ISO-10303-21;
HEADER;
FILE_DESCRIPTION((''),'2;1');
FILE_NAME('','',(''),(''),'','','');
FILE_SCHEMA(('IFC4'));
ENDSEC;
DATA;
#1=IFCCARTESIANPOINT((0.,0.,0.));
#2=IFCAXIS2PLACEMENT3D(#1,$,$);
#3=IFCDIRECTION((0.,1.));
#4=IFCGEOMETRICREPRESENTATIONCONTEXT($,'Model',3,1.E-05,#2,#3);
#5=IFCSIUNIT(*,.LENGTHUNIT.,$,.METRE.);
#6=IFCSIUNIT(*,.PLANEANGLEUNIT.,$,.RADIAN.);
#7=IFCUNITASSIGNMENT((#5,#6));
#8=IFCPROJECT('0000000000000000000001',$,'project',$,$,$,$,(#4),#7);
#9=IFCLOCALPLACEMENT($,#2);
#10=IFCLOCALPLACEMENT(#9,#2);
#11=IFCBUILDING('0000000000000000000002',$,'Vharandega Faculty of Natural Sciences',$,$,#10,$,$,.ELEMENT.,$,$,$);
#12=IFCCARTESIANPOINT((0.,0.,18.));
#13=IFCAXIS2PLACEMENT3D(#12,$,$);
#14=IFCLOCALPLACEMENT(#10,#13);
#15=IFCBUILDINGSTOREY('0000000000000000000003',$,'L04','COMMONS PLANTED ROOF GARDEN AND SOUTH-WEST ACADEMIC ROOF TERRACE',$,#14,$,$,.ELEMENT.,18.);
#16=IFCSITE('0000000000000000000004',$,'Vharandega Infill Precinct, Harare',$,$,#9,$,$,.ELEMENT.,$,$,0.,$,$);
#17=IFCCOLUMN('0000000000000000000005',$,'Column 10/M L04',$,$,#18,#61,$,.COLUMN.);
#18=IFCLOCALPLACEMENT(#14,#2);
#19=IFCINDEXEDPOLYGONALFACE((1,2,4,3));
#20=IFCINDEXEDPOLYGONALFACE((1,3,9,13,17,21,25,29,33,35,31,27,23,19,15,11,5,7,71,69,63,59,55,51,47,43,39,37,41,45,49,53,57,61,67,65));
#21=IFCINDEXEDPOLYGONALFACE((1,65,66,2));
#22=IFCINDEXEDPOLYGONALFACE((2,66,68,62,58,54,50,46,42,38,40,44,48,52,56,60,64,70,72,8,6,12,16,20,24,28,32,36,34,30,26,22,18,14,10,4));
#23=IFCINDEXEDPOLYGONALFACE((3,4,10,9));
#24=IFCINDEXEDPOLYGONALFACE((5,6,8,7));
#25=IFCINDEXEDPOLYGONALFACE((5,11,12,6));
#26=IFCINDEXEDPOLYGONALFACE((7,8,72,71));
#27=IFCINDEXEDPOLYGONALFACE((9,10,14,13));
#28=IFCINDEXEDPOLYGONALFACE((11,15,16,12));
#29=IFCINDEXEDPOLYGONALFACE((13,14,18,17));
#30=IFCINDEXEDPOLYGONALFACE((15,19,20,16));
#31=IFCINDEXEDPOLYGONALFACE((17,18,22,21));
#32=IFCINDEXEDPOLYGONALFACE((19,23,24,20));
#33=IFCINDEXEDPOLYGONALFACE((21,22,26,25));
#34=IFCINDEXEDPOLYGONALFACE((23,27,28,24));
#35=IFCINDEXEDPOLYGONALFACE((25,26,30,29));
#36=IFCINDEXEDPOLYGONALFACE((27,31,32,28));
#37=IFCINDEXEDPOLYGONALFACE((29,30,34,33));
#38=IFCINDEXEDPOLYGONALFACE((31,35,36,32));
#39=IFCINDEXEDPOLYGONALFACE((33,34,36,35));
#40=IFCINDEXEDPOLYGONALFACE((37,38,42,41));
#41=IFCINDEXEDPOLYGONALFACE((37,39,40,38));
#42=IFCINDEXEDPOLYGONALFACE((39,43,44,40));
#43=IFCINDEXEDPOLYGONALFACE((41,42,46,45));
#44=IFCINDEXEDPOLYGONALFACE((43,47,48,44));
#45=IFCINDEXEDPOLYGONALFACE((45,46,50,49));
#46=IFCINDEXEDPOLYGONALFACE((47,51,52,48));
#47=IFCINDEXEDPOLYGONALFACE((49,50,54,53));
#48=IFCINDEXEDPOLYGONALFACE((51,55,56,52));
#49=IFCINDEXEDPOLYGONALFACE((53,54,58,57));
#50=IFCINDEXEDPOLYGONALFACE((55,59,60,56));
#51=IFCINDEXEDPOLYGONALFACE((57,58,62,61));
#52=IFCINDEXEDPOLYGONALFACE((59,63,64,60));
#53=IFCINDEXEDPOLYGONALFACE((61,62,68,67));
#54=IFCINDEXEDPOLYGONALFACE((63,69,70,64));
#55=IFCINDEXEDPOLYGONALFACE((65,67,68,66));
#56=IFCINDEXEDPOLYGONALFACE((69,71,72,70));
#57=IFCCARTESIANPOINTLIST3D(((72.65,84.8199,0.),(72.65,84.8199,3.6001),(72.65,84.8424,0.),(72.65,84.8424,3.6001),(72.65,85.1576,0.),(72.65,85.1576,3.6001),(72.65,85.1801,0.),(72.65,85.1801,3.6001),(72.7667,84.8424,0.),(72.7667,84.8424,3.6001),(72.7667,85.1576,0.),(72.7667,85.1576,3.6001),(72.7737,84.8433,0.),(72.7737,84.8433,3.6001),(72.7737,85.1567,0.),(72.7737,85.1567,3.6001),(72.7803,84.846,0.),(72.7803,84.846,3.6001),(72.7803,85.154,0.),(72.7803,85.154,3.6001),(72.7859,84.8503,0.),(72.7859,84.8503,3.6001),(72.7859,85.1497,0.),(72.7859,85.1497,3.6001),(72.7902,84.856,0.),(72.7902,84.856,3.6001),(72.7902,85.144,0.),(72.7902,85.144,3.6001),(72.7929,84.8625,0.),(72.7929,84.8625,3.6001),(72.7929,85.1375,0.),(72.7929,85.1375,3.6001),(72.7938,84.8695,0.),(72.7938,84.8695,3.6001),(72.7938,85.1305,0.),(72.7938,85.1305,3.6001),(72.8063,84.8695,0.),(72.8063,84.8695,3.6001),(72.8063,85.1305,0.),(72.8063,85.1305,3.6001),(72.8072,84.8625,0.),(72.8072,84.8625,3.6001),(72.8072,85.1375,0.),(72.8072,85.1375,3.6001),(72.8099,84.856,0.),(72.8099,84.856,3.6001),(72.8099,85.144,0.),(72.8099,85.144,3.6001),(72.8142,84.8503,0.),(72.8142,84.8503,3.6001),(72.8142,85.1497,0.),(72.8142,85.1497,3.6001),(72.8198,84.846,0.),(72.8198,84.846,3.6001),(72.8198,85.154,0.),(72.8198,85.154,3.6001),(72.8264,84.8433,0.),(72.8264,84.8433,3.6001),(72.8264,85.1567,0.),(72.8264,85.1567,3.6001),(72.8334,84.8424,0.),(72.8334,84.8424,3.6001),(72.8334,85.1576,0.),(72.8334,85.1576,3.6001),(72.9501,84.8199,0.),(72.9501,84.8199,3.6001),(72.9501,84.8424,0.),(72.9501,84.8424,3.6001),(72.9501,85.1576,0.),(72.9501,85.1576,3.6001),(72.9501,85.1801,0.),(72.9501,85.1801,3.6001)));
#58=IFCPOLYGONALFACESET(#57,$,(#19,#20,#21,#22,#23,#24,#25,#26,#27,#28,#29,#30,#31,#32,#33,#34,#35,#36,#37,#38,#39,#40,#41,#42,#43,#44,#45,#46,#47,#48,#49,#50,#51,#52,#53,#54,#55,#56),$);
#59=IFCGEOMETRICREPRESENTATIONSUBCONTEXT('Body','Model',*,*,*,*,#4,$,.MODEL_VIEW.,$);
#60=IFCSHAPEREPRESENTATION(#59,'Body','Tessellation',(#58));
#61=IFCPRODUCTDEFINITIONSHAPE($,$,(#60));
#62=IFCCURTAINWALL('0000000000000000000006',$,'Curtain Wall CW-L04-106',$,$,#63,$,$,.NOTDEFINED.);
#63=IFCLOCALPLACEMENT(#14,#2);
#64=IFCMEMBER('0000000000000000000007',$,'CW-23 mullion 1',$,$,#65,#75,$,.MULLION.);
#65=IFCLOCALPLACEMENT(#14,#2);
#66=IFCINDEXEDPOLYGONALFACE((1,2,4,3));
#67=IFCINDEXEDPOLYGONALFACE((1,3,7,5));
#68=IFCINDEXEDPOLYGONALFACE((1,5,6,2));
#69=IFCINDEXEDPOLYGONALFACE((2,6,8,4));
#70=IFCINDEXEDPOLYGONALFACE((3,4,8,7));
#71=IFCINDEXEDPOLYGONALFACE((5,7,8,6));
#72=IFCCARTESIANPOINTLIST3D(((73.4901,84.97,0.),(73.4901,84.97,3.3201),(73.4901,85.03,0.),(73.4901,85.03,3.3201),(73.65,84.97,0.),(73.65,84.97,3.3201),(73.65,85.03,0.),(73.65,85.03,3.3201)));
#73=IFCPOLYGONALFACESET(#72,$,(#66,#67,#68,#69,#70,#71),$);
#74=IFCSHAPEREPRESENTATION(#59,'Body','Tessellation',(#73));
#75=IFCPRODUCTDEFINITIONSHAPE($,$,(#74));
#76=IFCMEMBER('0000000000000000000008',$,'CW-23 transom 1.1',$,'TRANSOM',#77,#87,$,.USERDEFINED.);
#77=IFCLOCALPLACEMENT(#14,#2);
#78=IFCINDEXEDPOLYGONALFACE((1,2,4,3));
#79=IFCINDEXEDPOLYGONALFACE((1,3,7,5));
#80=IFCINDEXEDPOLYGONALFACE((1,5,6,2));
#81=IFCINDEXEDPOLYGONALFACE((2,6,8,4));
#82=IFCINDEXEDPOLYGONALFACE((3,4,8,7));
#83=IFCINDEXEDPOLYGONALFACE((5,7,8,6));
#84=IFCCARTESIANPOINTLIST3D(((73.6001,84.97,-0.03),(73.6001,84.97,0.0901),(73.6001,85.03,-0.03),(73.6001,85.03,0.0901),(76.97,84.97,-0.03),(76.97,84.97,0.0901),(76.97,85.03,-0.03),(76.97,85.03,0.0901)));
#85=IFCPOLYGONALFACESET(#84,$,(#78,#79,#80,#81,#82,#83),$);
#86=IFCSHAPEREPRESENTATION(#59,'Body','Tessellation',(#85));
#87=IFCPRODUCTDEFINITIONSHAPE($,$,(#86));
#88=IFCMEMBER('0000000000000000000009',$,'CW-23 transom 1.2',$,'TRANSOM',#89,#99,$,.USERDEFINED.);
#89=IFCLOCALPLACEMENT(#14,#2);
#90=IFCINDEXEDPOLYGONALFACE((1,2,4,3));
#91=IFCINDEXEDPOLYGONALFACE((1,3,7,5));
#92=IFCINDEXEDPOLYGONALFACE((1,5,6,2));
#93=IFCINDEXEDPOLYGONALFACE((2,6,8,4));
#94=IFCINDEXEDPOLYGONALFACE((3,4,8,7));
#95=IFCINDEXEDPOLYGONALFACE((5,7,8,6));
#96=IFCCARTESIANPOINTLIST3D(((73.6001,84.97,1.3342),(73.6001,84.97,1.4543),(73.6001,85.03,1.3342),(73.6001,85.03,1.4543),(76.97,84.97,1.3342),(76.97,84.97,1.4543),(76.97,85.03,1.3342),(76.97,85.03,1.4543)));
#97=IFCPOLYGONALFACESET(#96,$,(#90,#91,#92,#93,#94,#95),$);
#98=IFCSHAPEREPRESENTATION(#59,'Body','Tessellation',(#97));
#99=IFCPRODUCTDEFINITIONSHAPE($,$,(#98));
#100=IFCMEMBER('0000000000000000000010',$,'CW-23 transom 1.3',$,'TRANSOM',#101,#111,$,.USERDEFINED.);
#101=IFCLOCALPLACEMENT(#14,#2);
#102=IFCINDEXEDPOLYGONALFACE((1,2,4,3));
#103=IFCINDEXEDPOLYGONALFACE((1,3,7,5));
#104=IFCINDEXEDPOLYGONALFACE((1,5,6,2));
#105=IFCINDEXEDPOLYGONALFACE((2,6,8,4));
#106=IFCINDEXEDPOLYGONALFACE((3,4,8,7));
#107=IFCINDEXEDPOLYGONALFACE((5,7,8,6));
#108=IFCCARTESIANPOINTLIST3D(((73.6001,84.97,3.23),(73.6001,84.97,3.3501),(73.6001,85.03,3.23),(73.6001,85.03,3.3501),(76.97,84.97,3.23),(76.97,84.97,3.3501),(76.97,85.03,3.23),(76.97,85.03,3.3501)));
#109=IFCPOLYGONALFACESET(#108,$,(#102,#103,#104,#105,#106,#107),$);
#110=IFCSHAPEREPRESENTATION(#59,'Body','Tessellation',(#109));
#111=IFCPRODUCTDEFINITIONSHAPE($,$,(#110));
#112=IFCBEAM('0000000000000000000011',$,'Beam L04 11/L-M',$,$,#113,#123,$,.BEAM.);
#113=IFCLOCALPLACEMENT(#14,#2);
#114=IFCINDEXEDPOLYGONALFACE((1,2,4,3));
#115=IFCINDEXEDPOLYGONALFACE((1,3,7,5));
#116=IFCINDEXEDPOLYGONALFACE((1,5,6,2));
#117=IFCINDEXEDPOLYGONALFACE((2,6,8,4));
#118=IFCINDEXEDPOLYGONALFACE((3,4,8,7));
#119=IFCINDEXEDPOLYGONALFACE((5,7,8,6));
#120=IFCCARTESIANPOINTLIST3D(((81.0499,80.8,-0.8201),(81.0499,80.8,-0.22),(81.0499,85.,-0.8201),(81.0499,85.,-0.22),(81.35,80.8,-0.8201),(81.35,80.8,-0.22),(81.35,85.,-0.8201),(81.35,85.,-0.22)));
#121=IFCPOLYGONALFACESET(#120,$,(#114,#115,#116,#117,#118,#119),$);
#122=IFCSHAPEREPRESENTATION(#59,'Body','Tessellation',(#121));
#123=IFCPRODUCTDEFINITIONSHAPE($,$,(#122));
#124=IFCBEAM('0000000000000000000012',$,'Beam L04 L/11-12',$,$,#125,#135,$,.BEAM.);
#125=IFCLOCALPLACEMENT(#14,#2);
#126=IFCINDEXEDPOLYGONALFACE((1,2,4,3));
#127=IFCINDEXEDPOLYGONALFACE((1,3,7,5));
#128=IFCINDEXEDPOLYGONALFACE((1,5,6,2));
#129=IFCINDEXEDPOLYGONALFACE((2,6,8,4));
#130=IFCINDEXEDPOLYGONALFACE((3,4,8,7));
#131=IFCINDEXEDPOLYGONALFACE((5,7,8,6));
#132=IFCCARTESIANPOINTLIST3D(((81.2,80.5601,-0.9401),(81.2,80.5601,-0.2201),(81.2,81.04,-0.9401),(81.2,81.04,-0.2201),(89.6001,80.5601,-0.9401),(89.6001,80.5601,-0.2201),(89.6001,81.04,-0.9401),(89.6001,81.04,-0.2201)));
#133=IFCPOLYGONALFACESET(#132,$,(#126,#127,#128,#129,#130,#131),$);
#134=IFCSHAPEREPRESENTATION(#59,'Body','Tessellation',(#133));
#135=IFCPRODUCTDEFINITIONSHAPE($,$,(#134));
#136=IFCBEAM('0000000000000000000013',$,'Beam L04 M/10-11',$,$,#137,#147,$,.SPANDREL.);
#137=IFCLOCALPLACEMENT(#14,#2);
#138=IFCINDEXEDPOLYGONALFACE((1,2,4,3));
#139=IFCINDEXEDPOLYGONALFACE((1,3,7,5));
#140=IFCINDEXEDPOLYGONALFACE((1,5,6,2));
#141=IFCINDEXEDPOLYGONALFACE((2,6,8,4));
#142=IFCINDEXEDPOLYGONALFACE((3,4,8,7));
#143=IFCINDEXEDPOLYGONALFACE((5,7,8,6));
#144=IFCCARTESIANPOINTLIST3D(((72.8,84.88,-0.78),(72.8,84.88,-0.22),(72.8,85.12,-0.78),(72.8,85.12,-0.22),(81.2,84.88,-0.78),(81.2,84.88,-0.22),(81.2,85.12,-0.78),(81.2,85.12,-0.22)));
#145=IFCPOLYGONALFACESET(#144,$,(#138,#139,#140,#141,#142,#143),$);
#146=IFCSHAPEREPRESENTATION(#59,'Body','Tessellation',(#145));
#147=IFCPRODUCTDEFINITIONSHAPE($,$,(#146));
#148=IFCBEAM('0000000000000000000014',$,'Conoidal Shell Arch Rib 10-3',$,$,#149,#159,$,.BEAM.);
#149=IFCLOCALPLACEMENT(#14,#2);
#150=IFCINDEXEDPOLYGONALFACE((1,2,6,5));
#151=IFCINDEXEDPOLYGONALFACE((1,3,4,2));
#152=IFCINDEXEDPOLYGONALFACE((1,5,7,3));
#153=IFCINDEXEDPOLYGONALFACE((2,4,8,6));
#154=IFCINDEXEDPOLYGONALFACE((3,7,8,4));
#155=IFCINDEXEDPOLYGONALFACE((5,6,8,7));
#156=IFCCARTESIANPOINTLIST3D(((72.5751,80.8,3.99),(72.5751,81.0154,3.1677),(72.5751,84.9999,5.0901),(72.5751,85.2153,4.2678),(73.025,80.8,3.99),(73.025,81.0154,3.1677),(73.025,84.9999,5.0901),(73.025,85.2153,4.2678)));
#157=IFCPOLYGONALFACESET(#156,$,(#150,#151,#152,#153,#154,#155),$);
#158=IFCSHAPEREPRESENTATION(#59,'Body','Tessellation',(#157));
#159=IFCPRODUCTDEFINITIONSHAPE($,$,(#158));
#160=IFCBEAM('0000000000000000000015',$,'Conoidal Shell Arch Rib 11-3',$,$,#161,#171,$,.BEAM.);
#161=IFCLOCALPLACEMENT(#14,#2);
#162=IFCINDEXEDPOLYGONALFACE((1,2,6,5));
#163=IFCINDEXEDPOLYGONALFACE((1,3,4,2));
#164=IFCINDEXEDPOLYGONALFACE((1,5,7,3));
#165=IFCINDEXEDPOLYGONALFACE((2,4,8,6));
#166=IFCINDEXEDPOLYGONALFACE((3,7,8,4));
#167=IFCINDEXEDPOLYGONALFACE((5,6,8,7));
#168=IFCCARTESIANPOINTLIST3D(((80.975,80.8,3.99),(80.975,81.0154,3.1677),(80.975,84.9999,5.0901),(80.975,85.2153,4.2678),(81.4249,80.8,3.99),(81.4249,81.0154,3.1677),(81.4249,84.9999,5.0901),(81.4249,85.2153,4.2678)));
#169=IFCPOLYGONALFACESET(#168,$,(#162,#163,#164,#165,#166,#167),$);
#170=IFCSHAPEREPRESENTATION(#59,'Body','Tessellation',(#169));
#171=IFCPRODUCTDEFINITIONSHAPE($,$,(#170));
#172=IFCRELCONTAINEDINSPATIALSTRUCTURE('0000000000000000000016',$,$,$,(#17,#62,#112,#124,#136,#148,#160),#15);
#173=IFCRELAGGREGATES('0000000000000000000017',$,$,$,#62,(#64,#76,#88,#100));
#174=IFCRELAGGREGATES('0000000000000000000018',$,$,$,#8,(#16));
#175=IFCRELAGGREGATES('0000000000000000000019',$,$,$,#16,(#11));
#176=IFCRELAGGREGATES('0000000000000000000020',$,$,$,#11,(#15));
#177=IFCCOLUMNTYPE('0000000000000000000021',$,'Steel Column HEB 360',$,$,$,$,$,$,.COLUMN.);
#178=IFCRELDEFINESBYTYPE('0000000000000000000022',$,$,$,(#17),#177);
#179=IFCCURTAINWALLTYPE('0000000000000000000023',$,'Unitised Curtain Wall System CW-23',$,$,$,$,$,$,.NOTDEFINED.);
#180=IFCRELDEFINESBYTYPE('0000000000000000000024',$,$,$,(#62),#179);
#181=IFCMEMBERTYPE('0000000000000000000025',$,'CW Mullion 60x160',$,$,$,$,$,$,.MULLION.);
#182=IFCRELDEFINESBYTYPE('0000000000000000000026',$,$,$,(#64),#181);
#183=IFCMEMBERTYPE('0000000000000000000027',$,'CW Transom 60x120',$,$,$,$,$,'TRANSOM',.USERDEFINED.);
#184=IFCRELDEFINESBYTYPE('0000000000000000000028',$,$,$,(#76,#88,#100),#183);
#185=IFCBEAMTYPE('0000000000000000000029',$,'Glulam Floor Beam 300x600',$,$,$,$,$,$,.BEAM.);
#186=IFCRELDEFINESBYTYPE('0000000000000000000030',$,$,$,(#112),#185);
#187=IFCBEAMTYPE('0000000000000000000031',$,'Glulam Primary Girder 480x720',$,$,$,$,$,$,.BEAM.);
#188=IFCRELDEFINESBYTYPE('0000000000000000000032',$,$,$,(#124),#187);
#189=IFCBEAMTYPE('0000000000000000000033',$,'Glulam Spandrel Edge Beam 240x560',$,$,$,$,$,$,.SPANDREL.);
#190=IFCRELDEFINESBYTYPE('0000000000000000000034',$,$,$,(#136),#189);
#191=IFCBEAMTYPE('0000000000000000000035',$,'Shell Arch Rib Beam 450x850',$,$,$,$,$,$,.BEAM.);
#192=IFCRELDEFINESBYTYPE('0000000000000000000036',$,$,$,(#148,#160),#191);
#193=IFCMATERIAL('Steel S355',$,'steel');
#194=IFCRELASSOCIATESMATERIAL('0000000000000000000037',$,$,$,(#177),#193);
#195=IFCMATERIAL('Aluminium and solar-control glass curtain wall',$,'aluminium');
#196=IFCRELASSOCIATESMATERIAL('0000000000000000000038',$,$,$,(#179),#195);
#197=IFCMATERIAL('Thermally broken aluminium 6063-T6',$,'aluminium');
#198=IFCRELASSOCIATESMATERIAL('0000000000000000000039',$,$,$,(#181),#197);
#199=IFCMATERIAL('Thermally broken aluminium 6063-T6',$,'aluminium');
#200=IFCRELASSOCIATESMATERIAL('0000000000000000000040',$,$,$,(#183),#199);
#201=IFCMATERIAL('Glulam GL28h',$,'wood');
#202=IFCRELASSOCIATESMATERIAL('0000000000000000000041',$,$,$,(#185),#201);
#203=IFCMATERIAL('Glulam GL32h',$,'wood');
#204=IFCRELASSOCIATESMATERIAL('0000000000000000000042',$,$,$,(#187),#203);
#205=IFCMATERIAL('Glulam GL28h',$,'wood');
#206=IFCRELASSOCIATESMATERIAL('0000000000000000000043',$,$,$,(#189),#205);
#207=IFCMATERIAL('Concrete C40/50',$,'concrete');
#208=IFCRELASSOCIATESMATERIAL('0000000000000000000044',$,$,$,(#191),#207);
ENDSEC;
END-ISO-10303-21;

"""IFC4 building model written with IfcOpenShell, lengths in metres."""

from ifc_helpers import new_model, si_unit, direction, frame, origin, origin_2d, place, context, subcontext, project, spatial, rectangle, i_section, extrude, material, material_profile, profile_set, type_object, element, aggregate, save


model = new_model("IFC4")

# Units and contexts
model_context = context("Model", 3, precision=1e-05, world=origin(), true_north=direction((0.0, 1.0)))
body_context = subcontext(model_context, "Body", "Model", "MODEL_VIEW")
ifc_project = project(units=[si_unit("LENGTHUNIT", "METRE"), si_unit("PLANEANGLEUNIT", "RADIAN")], contexts=[model_context])

# Site, building, storey
site_placement = place(None, origin())
site = spatial("IfcSite", under=ifc_project, at=site_placement, Name="Vharandega Infill Precinct, Harare", CompositionType="ELEMENT", RefElevation=0.0)
building_placement = place(site_placement, origin())
building = spatial("IfcBuilding", under=site, at=building_placement, Name="Vharandega Faculty of Natural Sciences", CompositionType="ELEMENT")
storey_placement = place(building_placement, frame((0.0, 0.0, 18.0)))
storey = spatial("IfcBuildingStorey", under=building, at=storey_placement, Name="L04", Description="COMMONS PLANTED ROOF GARDEN AND SOUTH-WEST ACADEMIC ROOF TERRACE", CompositionType="ELEMENT", Elevation=18.0)

# Column
ifc_material_1 = material(Name="Steel S355", Category="steel")
ifc_material_profile_1 = material_profile(ifc_material_1, i_section(OverallWidth=0.3, OverallDepth=0.3601, WebThickness=0.0125, FlangeThickness=0.0225, FilletRadius=0.0271, at=origin_2d()), Name="HEB 360")
ifc_profile_set_1 = profile_set([ifc_material_profile_1], Name="Steel S355")
column_type = type_object("IfcColumnType", Name="Steel Column HEB 360", PredefinedType="COLUMN", material=ifc_profile_set_1)
column_placement = place(storey_placement, frame((72.8, 85.0, 0.0), z_axis=(0.0, 0.0, 1.0), x_axis=(1.0, 0.0, 0.0)))
element("IfcColumn", 1, at=column_placement, inside=storey, type_object=column_type, Name="Column 10/M L04", PredefinedType="COLUMN", context=body_context, shape_type="SweptSolid", body=[
    extrude(i_section(OverallWidth=0.3, OverallDepth=0.3601, WebThickness=0.0125, FlangeThickness=0.0225, FilletRadius=0.0271, at=origin_2d()), origin(), (0.0, 0.0, 1.0), 3.6001),
])

# Curtain wall, members
ifc_material_2 = material(Name="Aluminium and solar-control glass curtain wall", Category="aluminium")
curtain_wall_type = type_object("IfcCurtainWallType", Name="Unitised Curtain Wall System CW-23", PredefinedType="NOTDEFINED", material=ifc_material_2)
curtain_wall_placement = place(storey_placement, origin())
curtain_wall = element("IfcCurtainWall", 2, at=curtain_wall_placement, inside=storey, type_object=curtain_wall_type, Name="Curtain Wall CW-L04-106", PredefinedType="NOTDEFINED")
ifc_material_3 = material(Name="Thermally broken aluminium 6063-T6", Category="aluminium")
ifc_material_profile_2 = material_profile(ifc_material_3, rectangle(XDim=0.0601, YDim=0.1599, at=origin_2d()), Name="ALU 60x160")
ifc_profile_set_2 = profile_set([ifc_material_profile_2], Name="Thermally broken aluminium 6063-T6")
member_type_1 = type_object("IfcMemberType", Name="CW Mullion 60x160", PredefinedType="MULLION", material=ifc_profile_set_2)
member_1_placement = place(storey_placement, frame((73.5701, 85.0, 0.0), z_axis=(0.0, 0.0, 1.0), x_axis=(0.0, 1.0, 0.0)))
member_1 = element("IfcMember", 3, at=member_1_placement, type_object=member_type_1, Name="CW-23 mullion 1", PredefinedType="MULLION", context=body_context, shape_type="SweptSolid", body=[
    extrude(rectangle(XDim=0.0601, YDim=0.1599, at=origin_2d()), origin(), (0.0, 0.0, 1.0), 3.3201),
])
ifc_material_4 = material(Name="Thermally broken aluminium 6063-T6", Category="aluminium")
ifc_material_profile_3 = material_profile(ifc_material_4, rectangle(XDim=0.0601, YDim=0.1201, at=origin_2d()), Name="ALU 60x120")
ifc_profile_set_3 = profile_set([ifc_material_profile_3], Name="Thermally broken aluminium 6063-T6")
member_type_2 = type_object("IfcMemberType", Name="CW Transom 60x120", ElementType="TRANSOM", PredefinedType="USERDEFINED", material=ifc_profile_set_3)
member_2_placement = place(storey_placement, frame((73.6001, 85.0, 0.03), z_axis=(1.0, 0.0, 0.0), x_axis=(0.0, 1.0, 0.0)))
member_2 = element("IfcMember", 4, at=member_2_placement, type_object=member_type_2, Name="CW-23 transom 1.1", ObjectType="TRANSOM", PredefinedType="USERDEFINED", context=body_context, shape_type="SweptSolid", body=[
    extrude(rectangle(XDim=0.0601, YDim=0.1201, at=origin_2d()), origin(), (0.0, 0.0, 1.0), 3.3699),
])
member_3_placement = place(storey_placement, frame((73.6001, 85.0, 1.3943), z_axis=(1.0, 0.0, 0.0), x_axis=(0.0, 1.0, 0.0)))
member_3 = element("IfcMember", 5, at=member_3_placement, type_object=member_type_2, Name="CW-23 transom 1.2", ObjectType="TRANSOM", PredefinedType="USERDEFINED", context=body_context, shape_type="SweptSolid", body=[
    extrude(rectangle(XDim=0.0601, YDim=0.1201, at=origin_2d()), origin(), (0.0, 0.0, 1.0), 3.3699),
])
member_4_placement = place(storey_placement, frame((73.6001, 85.0, 3.29), z_axis=(1.0, 0.0, 0.0), x_axis=(0.0, 1.0, 0.0)))
member_4 = element("IfcMember", 6, at=member_4_placement, type_object=member_type_2, Name="CW-23 transom 1.3", ObjectType="TRANSOM", PredefinedType="USERDEFINED", context=body_context, shape_type="SweptSolid", body=[
    extrude(rectangle(XDim=0.0601, YDim=0.1201, at=origin_2d()), origin(), (0.0, 0.0, 1.0), 3.3699),
])
aggregate(curtain_wall, [member_1, member_2, member_3, member_4])

# Beams
ifc_material_5 = material(Name="Glulam GL28h", Category="wood")
ifc_material_profile_4 = material_profile(ifc_material_5, rectangle(XDim=0.3, YDim=0.6001, at=origin_2d()), Name="GL28h 300x600")
ifc_profile_set_4 = profile_set([ifc_material_profile_4], Name="Glulam GL28h")
beam_type_1 = type_object("IfcBeamType", Name="Glulam Floor Beam 300x600", PredefinedType="BEAM", material=ifc_profile_set_4)
beam_1_placement = place(storey_placement, frame((81.2, 80.8, -0.52), z_axis=(0.0, 1.0, 0.0), x_axis=(-1.0, 0.0, 0.0)))
element("IfcBeam", 7, at=beam_1_placement, inside=storey, type_object=beam_type_1, Name="Beam L04 11/L-M", PredefinedType="BEAM", context=body_context, shape_type="SweptSolid", body=[
    extrude(rectangle(XDim=0.3, YDim=0.6001, at=origin_2d()), origin(), (0.0, 0.0, 1.0), 4.2),
])
ifc_material_6 = material(Name="Glulam GL32h", Category="wood")
ifc_material_profile_5 = material_profile(ifc_material_6, rectangle(XDim=0.48, YDim=0.72, at=origin_2d()), Name="GL32h 480x720")
ifc_profile_set_5 = profile_set([ifc_material_profile_5], Name="Glulam GL32h")
beam_type_2 = type_object("IfcBeamType", Name="Glulam Primary Girder 480x720", PredefinedType="BEAM", material=ifc_profile_set_5)
beam_2_placement = place(storey_placement, frame((81.2, 80.8, -0.5801), z_axis=(1.0, 0.0, 0.0), x_axis=(0.0, 1.0, 0.0)))
element("IfcBeam", 8, at=beam_2_placement, inside=storey, type_object=beam_type_2, Name="Beam L04 L/11-12", PredefinedType="BEAM", context=body_context, shape_type="SweptSolid", body=[
    extrude(rectangle(XDim=0.48, YDim=0.72, at=origin_2d()), origin(), (0.0, 0.0, 1.0), 8.4001),
])
ifc_material_7 = material(Name="Glulam GL28h", Category="wood")
ifc_material_profile_6 = material_profile(ifc_material_7, rectangle(XDim=0.24, YDim=0.5601, at=origin_2d()), Name="GL28h 240x560")
ifc_profile_set_6 = profile_set([ifc_material_profile_6], Name="Glulam GL28h")
beam_type_3 = type_object("IfcBeamType", Name="Glulam Spandrel Edge Beam 240x560", PredefinedType="SPANDREL", material=ifc_profile_set_6)
beam_3_placement = place(storey_placement, frame((72.8, 85.0, -0.5), z_axis=(1.0, 0.0, 0.0), x_axis=(0.0, 1.0, 0.0)))
element("IfcBeam", 9, at=beam_3_placement, inside=storey, type_object=beam_type_3, Name="Beam L04 M/10-11", PredefinedType="SPANDREL", context=body_context, shape_type="SweptSolid", body=[
    extrude(rectangle(XDim=0.24, YDim=0.5601, at=origin_2d()), origin(), (0.0, 0.0, 1.0), 8.3999),
])
ifc_material_8 = material(Name="Concrete C40/50", Category="concrete")
ifc_material_profile_7 = material_profile(ifc_material_8, rectangle(XDim=0.45, YDim=0.8501, at=origin_2d()), Name="RC 450x850")
ifc_profile_set_7 = profile_set([ifc_material_profile_7], Name="Concrete C40/50")
beam_type_4 = type_object("IfcBeamType", Name="Shell Arch Rib Beam 450x850", PredefinedType="BEAM", material=ifc_profile_set_7)
for number, where, z_axis, x_axis, name in (
    (10, (72.8, 80.9077, 3.5789), (0.0, 0.967366, 0.253383), (-1.0, 0.0, 0.0), "Conoidal Shell Arch Rib 10-3"),
    (11, (81.2, 80.9077, 3.5789), (0.0, 0.967366, 0.253383), (-1.0, 0.0, 0.0), "Conoidal Shell Arch Rib 11-3"),
):
    element("IfcBeam", number, at=place(storey_placement, frame(where, z_axis=z_axis, x_axis=x_axis)), inside=storey, type_object=beam_type_4, Name=name, PredefinedType="BEAM", context=body_context, shape_type="SweptSolid", body=[
        extrude(rectangle(XDim=0.45, YDim=0.8501, at=origin_2d()), origin(), (0.0, 0.0, 1.0), 4.3416),
    ])

save(model, "model.ifc")
